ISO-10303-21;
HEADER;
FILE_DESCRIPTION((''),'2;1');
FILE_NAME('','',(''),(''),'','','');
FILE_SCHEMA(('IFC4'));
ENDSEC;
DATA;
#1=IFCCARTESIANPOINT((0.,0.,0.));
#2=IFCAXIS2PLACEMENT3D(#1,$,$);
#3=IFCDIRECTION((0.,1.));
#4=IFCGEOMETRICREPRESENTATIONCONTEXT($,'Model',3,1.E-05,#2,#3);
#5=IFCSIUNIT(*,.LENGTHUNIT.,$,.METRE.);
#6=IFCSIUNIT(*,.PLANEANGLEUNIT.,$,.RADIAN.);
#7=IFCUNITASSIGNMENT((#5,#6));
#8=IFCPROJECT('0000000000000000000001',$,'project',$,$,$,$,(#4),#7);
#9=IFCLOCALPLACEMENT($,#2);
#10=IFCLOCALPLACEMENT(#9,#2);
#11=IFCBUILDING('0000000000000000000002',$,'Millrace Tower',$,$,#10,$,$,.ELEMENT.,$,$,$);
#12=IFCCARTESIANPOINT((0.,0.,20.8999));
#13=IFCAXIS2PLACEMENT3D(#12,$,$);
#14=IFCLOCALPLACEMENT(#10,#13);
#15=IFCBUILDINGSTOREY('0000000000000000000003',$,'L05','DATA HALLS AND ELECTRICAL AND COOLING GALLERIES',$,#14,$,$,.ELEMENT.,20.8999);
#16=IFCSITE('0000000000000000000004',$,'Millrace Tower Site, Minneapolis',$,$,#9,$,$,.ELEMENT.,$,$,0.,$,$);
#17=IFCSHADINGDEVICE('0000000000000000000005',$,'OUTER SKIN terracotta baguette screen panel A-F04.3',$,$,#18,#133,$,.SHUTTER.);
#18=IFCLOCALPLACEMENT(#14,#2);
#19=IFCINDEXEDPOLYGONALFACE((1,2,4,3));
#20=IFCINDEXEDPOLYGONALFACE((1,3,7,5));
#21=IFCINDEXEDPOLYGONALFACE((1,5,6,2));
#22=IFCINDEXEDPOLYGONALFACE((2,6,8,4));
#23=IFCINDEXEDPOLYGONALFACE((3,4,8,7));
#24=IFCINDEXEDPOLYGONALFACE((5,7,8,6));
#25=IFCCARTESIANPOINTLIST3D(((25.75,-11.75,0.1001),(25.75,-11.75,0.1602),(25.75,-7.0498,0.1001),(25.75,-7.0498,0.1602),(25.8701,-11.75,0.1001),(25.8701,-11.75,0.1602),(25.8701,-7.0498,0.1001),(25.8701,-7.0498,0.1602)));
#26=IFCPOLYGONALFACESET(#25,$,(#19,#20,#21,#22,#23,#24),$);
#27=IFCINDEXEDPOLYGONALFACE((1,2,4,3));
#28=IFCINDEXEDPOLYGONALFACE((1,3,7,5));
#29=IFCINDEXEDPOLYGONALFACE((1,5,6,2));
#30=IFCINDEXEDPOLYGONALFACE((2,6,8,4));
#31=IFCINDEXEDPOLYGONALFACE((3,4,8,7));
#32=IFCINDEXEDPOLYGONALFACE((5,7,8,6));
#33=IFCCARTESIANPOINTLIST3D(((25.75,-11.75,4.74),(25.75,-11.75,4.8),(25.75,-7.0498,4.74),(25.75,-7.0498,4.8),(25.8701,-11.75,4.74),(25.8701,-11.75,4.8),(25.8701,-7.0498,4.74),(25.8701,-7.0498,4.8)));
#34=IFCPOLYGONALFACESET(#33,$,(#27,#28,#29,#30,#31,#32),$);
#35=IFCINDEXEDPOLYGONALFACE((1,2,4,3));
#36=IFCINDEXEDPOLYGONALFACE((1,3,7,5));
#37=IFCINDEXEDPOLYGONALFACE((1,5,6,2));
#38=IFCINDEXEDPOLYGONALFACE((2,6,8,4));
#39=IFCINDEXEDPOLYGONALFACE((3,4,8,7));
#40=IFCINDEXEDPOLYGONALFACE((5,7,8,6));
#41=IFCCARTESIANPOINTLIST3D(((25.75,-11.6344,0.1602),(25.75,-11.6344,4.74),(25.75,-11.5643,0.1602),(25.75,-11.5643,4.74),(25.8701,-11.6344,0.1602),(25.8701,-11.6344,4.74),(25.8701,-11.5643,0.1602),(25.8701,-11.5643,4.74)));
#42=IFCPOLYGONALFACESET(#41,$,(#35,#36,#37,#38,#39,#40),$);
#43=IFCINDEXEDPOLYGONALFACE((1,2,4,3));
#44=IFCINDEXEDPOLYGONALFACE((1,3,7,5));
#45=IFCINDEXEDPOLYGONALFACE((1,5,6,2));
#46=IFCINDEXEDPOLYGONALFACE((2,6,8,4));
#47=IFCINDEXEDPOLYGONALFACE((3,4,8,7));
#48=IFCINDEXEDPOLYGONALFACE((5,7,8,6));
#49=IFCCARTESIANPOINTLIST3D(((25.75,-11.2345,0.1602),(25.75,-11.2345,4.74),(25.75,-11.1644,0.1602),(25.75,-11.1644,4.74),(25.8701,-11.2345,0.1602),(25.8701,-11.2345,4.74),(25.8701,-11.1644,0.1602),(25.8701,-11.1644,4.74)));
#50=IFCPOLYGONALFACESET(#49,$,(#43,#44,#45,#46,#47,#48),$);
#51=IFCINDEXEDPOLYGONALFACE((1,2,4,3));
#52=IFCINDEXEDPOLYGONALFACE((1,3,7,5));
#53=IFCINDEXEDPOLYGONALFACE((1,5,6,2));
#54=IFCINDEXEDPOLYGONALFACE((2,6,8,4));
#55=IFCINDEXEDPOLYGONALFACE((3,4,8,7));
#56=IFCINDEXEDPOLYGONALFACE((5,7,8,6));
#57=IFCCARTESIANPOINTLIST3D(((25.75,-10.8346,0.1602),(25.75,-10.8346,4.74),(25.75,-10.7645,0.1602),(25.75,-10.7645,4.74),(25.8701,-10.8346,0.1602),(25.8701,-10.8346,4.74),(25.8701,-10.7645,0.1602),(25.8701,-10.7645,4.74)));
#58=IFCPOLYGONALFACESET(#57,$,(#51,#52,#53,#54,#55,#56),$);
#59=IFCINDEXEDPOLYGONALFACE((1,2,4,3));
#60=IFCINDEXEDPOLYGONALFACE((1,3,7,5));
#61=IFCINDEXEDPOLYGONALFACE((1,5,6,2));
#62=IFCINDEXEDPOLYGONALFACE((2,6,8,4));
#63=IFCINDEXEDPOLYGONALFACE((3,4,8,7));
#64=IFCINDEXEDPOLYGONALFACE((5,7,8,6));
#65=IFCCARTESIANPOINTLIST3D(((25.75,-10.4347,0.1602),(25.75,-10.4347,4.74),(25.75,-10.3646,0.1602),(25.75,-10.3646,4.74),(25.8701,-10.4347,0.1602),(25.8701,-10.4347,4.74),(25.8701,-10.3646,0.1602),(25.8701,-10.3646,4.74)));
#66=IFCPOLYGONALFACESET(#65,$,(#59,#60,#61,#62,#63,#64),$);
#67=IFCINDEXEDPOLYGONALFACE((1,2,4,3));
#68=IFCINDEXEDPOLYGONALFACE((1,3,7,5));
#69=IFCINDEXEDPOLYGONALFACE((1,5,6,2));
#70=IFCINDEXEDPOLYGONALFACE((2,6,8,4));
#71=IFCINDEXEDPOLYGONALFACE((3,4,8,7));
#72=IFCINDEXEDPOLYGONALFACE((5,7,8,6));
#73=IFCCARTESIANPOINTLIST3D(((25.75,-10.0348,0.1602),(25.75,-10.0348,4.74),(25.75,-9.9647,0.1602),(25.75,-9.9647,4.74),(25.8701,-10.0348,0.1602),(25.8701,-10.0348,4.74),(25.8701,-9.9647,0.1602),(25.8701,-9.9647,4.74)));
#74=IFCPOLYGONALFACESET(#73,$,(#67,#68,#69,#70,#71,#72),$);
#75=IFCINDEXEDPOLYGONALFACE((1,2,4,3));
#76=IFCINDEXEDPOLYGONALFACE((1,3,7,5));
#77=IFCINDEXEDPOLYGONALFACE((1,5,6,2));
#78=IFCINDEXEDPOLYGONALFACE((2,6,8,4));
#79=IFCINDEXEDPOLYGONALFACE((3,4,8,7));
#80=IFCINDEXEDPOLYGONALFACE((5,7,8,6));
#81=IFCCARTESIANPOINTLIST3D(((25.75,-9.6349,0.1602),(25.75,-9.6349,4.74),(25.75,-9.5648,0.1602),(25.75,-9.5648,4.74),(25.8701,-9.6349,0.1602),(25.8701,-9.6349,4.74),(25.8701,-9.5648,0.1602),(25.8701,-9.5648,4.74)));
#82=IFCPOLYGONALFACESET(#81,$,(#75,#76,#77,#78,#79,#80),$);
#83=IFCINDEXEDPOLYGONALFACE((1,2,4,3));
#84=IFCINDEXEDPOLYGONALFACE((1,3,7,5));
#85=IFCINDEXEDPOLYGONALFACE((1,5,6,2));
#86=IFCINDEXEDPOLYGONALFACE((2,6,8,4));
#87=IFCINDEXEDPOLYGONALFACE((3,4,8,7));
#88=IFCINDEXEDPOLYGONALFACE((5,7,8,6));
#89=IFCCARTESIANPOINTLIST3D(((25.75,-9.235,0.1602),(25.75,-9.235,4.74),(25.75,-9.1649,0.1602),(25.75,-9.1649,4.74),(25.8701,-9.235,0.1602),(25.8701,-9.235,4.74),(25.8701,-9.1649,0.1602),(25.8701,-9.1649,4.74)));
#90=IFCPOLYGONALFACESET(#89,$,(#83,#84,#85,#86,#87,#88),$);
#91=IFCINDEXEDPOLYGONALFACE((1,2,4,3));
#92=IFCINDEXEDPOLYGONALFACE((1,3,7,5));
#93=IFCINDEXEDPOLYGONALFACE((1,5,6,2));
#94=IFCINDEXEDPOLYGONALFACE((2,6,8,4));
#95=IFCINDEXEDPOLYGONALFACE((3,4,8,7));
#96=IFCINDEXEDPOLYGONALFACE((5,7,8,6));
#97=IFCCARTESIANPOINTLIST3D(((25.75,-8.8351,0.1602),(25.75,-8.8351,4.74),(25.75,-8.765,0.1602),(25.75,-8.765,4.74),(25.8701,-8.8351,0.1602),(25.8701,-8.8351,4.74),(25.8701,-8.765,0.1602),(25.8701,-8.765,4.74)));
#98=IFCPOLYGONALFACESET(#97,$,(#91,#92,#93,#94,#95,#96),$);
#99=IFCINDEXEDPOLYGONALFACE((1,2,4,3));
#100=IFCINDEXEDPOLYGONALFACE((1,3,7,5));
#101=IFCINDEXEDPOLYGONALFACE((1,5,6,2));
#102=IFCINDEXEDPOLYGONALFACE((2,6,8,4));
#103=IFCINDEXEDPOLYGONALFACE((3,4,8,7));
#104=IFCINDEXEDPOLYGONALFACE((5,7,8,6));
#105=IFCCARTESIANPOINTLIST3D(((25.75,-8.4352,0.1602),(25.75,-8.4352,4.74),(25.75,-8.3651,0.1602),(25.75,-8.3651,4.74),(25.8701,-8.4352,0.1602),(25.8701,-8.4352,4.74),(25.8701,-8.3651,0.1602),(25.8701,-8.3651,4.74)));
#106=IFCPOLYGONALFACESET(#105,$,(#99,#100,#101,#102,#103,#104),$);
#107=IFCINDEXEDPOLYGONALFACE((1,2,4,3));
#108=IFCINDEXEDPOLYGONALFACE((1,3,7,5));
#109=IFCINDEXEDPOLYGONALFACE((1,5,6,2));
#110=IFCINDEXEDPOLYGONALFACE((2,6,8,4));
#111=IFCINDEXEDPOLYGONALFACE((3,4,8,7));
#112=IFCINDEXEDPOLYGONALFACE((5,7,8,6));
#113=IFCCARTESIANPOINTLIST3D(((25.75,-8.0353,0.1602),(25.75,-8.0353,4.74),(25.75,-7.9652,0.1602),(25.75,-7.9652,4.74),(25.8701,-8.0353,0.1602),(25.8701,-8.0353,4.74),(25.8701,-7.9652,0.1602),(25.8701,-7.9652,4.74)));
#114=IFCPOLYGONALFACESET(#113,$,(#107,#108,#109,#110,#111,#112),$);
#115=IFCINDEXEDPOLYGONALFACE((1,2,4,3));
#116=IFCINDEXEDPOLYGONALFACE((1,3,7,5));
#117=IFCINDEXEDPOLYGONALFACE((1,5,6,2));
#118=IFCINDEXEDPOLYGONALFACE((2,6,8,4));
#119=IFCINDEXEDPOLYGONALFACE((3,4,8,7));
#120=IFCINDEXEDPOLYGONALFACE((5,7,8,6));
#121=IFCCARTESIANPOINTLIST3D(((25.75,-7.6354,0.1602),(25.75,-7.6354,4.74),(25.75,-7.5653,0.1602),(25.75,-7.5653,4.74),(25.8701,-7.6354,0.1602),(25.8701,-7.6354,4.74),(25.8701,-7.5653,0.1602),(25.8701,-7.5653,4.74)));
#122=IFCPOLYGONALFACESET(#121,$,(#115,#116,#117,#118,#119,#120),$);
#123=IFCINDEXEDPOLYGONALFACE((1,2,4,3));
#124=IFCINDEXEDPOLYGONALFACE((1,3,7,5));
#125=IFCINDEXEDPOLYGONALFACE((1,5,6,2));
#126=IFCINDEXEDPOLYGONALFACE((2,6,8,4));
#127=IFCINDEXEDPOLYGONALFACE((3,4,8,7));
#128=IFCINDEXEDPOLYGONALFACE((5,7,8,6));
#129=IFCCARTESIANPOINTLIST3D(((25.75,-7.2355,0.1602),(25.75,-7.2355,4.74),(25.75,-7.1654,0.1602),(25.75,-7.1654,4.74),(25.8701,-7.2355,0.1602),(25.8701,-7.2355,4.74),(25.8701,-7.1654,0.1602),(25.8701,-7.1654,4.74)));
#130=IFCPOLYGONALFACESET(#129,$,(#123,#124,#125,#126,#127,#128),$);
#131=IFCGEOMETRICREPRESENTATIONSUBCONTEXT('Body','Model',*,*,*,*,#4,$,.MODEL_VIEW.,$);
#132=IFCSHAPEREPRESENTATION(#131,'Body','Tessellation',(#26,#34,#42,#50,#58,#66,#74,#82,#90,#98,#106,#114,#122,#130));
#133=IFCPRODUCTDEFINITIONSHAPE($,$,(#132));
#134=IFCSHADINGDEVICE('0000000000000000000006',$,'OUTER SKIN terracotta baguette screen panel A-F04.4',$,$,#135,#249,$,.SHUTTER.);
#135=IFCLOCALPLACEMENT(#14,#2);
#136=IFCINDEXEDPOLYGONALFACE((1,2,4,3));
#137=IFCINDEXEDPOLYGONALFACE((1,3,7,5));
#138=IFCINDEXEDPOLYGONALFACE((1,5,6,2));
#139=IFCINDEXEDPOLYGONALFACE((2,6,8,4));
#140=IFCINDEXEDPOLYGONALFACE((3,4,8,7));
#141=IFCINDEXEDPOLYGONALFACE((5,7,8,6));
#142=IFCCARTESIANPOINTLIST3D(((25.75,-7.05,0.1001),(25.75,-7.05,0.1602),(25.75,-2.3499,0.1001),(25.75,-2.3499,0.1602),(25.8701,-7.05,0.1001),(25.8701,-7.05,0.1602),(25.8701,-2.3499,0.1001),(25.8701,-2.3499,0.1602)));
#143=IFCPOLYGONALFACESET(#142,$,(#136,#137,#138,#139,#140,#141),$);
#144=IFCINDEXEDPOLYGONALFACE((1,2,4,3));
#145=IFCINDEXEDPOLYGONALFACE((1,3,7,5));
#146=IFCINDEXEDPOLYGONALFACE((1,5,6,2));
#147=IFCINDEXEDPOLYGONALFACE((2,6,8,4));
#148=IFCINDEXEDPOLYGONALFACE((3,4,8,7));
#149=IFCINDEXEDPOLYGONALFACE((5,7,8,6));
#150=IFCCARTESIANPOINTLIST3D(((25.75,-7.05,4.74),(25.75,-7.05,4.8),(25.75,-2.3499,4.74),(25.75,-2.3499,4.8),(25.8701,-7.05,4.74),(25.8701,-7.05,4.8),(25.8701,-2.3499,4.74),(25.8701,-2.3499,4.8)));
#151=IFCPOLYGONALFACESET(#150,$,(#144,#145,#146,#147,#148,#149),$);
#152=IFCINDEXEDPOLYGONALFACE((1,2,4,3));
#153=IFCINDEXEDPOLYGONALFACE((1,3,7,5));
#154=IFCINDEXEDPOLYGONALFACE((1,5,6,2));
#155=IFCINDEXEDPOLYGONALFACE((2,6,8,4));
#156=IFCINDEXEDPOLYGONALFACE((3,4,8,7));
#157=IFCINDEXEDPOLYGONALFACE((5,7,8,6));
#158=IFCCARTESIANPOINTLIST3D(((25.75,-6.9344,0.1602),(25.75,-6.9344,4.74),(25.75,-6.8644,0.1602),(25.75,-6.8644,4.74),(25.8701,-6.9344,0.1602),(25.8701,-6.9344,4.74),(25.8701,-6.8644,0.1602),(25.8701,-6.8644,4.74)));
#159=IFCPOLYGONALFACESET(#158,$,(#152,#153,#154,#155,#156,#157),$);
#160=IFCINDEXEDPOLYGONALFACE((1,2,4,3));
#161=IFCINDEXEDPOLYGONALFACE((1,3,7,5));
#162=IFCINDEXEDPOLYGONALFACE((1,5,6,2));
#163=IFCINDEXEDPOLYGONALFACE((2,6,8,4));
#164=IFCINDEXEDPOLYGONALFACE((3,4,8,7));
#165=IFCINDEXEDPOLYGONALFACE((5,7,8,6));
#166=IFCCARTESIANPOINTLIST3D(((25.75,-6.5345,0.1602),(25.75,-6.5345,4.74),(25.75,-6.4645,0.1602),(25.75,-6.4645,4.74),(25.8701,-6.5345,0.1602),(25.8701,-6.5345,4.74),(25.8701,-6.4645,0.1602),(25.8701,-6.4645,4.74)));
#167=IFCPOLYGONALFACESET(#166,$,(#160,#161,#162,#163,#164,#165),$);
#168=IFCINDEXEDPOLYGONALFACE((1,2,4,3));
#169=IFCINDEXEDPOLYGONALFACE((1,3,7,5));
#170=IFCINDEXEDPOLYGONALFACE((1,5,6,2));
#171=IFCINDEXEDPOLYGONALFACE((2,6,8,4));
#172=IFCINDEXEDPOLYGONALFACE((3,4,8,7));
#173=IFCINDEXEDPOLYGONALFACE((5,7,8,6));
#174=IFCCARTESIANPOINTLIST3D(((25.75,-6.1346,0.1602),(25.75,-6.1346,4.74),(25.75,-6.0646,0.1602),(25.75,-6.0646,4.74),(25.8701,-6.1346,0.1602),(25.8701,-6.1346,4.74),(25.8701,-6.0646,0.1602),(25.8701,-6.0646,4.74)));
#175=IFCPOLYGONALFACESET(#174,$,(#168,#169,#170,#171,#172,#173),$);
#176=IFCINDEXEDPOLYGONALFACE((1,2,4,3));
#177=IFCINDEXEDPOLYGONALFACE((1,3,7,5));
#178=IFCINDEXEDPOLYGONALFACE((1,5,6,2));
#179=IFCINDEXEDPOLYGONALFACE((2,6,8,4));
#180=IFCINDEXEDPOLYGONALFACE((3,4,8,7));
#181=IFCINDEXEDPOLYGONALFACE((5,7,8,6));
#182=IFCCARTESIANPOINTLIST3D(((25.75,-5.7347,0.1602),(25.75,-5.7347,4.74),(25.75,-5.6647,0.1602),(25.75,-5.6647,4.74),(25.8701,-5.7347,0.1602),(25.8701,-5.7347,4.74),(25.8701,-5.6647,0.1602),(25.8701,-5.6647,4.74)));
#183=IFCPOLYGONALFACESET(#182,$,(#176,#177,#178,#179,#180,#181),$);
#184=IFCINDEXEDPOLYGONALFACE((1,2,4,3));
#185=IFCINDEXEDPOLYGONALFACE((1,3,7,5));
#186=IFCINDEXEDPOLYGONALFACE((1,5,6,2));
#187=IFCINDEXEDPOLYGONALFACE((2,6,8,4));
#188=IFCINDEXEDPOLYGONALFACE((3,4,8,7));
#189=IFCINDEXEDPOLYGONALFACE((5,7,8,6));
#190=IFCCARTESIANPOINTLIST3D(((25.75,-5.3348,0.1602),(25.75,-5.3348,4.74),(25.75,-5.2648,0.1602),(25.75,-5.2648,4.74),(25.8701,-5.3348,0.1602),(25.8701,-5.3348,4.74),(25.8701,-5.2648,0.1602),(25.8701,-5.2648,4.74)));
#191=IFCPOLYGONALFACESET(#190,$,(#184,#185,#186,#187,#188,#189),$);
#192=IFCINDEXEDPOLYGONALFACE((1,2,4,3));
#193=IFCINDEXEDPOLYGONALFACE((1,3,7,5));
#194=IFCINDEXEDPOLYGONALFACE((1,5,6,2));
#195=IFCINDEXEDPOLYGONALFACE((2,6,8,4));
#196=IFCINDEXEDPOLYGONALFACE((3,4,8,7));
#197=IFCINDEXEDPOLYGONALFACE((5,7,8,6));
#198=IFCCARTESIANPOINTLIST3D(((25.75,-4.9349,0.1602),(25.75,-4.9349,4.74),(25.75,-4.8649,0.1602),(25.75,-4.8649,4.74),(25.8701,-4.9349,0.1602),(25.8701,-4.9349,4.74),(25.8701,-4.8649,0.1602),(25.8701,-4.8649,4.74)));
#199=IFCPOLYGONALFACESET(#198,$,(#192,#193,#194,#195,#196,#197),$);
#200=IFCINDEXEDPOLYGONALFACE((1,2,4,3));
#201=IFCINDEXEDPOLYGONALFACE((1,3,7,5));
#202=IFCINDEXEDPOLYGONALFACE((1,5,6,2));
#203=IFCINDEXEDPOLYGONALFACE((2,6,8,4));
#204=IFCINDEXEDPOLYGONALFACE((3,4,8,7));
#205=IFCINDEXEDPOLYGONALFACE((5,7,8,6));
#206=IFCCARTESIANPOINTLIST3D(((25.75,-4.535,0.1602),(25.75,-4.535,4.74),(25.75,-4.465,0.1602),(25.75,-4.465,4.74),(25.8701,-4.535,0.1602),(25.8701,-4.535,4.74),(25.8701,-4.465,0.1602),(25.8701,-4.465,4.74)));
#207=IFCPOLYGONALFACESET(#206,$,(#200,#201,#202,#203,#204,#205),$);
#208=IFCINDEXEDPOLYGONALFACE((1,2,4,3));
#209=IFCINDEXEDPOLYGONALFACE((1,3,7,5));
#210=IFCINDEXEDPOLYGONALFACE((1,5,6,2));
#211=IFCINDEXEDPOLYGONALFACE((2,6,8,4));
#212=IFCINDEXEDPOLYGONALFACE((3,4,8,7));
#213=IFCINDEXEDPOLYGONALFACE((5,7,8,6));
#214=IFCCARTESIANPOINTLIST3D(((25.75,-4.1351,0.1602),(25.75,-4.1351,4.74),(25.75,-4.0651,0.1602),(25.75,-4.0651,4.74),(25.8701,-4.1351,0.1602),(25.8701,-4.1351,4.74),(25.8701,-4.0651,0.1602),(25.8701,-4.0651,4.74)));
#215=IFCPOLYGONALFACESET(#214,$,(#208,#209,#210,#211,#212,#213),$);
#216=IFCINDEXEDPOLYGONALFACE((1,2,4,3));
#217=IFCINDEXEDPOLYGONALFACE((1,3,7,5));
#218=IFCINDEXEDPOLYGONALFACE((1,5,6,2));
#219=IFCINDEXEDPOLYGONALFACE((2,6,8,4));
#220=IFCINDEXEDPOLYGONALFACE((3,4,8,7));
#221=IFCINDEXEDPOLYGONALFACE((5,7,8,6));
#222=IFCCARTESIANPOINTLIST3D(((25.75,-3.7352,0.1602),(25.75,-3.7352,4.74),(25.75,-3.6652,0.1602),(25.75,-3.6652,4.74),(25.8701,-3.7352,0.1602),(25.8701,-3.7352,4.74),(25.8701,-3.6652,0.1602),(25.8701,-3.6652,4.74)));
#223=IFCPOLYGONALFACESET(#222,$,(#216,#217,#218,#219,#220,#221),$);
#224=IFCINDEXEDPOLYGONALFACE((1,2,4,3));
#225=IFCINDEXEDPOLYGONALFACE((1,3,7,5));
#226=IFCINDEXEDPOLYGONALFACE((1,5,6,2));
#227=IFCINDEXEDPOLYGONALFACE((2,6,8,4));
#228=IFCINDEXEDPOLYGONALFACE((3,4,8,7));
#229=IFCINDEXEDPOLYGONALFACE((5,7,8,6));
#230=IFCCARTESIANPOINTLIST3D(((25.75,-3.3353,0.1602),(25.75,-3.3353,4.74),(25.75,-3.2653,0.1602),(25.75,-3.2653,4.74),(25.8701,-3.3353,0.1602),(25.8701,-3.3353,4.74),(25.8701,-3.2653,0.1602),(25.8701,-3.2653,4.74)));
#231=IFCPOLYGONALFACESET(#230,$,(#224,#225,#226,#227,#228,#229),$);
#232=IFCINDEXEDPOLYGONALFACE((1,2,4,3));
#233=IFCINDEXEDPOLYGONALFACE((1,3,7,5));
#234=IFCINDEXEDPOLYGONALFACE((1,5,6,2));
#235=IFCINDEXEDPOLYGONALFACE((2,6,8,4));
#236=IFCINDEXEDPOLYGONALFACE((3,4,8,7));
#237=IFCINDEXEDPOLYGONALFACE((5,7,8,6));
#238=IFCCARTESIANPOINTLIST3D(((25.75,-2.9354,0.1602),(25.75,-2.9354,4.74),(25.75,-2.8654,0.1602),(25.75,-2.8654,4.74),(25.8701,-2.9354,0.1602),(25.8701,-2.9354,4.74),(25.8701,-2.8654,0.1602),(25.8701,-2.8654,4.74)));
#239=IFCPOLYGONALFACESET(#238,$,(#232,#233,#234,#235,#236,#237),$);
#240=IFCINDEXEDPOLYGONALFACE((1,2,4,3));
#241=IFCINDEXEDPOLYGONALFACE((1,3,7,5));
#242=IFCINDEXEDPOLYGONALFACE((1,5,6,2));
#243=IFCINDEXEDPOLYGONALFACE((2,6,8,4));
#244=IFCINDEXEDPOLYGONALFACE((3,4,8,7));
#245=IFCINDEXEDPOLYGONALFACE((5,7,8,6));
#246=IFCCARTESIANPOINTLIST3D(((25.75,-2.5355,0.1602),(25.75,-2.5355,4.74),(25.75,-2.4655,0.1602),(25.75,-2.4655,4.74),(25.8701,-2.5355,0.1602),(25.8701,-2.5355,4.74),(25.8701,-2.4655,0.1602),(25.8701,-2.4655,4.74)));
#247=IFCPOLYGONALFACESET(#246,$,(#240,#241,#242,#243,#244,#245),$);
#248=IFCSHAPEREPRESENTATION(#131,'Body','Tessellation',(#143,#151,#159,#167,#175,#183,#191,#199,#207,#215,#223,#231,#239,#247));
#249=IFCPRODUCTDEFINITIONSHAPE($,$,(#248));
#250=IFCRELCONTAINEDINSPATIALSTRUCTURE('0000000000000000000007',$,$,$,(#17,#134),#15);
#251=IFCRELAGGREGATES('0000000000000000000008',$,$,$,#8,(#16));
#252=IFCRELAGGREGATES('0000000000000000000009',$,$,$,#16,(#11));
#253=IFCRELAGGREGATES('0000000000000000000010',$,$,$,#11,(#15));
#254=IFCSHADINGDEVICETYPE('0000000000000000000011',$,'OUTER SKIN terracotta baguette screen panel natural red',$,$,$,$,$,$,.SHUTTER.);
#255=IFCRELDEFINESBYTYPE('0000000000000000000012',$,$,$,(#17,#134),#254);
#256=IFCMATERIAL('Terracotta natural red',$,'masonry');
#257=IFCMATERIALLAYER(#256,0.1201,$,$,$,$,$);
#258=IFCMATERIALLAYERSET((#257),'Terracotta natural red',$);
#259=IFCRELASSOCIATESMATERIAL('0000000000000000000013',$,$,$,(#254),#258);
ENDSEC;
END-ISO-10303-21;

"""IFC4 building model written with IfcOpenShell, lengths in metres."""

from ifc_helpers import new_model, entity, si_unit, direction, frame, frame_2d, origin, place, context, subcontext, project, spatial, rectangle, extrude, source, transform, mapped, material, layer, layer_set, type_object, element, save


model = new_model("IFC4")

# Units and contexts
model_context = context("Model", 3, precision=1e-05, world=origin(), true_north=direction((0.0, 1.0)))
body_context = subcontext(model_context, "Body", "Model", "MODEL_VIEW")
ifc_project = project(units=[si_unit("LENGTHUNIT", "METRE"), si_unit("PLANEANGLEUNIT", "RADIAN")], contexts=[model_context])

# Site, building, storey
site_placement = place(None, origin())
site = spatial("IfcSite", under=ifc_project, at=site_placement, Name="Millrace Tower Site, Minneapolis", CompositionType="ELEMENT", RefElevation=0.0)
building_placement = place(site_placement, origin())
building = spatial("IfcBuilding", under=site, at=building_placement, Name="Millrace Tower", CompositionType="ELEMENT")
storey_placement = place(building_placement, frame((0.0, 0.0, 20.8999)))
storey = spatial("IfcBuildingStorey", under=building, at=storey_placement, Name="L05", Description="DATA HALLS AND ELECTRICAL AND COOLING GALLERIES", CompositionType="ELEMENT", Elevation=20.8999)

# Shading devices
cartesian_point = entity("IfcCartesianPoint", [-2.3501, 0.0601])
shared_polyline = entity("IfcPolyline", [cartesian_point, entity("IfcCartesianPoint", [2.3501, 0.0601]), entity("IfcCartesianPoint", [2.3501, -0.0601]), entity("IfcCartesianPoint", [-2.3501, -0.0601]), cartesian_point])
ifc_material_1 = material(Name="Terracotta natural red", Category="masonry")
ifc_layer_1 = layer(ifc_material_1, 0.1201)
ifc_layer_set_1 = layer_set([ifc_layer_1], Name="Terracotta natural red")
shading_device_type_1 = type_object("IfcShadingDeviceType", Name="OUTER SKIN terracotta baguette screen panel natural red", PredefinedType="SHUTTER", material=ifc_layer_set_1)
shared_shape_1 = source(origin(), body_context, "Body", "SweptSolid", [
    entity("IfcExtrudedAreaSolid", entity("IfcArbitraryClosedProfileDef", "AREA", None, shared_polyline), entity("IfcAxis2Placement3D", entity("IfcCartesianPoint", [0.0, 0.0, 0.0])), entity("IfcDirection", [0.0, 0.0, 1.0]), 0.0601),
    entity("IfcExtrudedAreaSolid", entity("IfcArbitraryClosedProfileDef", "AREA", None, shared_polyline), entity("IfcAxis2Placement3D", entity("IfcCartesianPoint", [0.0, 0.0, 4.6399])), entity("IfcDirection", [0.0, 0.0, 1.0]), 0.0601),
    extrude(rectangle(XDim=0.0701, YDim=0.1201, at=frame_2d((-2.1995, 0.0))), frame((0.0, 0.0, 0.0601)), (0.0, 0.0, 1.0), 4.5798),
    extrude(rectangle(XDim=0.0701, YDim=0.1201, at=frame_2d((-1.7996, 0.0))), frame((0.0, 0.0, 0.0601)), (0.0, 0.0, 1.0), 4.5798),
    extrude(rectangle(XDim=0.0701, YDim=0.1201, at=frame_2d((-1.3997, 0.0))), frame((0.0, 0.0, 0.0601)), (0.0, 0.0, 1.0), 4.5798),
    extrude(rectangle(XDim=0.0701, YDim=0.1201, at=frame_2d((-0.9998, 0.0))), frame((0.0, 0.0, 0.0601)), (0.0, 0.0, 1.0), 4.5798),
    extrude(rectangle(XDim=0.0701, YDim=0.1201, at=frame_2d((-0.5999, 0.0))), frame((0.0, 0.0, 0.0601)), (0.0, 0.0, 1.0), 4.5798),
    extrude(rectangle(XDim=0.0701, YDim=0.1201, at=frame_2d((-0.2, 0.0))), frame((0.0, 0.0, 0.0601)), (0.0, 0.0, 1.0), 4.5798),
    extrude(rectangle(XDim=0.0701, YDim=0.1201, at=frame_2d((0.2, 0.0))), frame((0.0, 0.0, 0.0601)), (0.0, 0.0, 1.0), 4.5798),
    extrude(rectangle(XDim=0.0701, YDim=0.1201, at=frame_2d((0.5999, 0.0))), frame((0.0, 0.0, 0.0601)), (0.0, 0.0, 1.0), 4.5798),
    extrude(rectangle(XDim=0.0701, YDim=0.1201, at=frame_2d((0.9998, 0.0))), frame((0.0, 0.0, 0.0601)), (0.0, 0.0, 1.0), 4.5798),
    extrude(rectangle(XDim=0.0701, YDim=0.1201, at=frame_2d((1.3997, 0.0))), frame((0.0, 0.0, 0.0601)), (0.0, 0.0, 1.0), 4.5798),
    extrude(rectangle(XDim=0.0701, YDim=0.1201, at=frame_2d((1.7996, 0.0))), frame((0.0, 0.0, 0.0601)), (0.0, 0.0, 1.0), 4.5798),
    extrude(rectangle(XDim=0.0701, YDim=0.1201, at=frame_2d((2.1995, 0.0))), frame((0.0, 0.0, 0.0601)), (0.0, 0.0, 1.0), 4.5798),
])
for number, where, z_axis, x_axis, name in (
    (1, (25.8101, -9.3999, 0.1001), (0.0, 0.0, 1.0), (0.0, 1.0, 0.0), "OUTER SKIN terracotta baguette screen panel A-F04.3"),
    (2, (25.8101, -4.7, 0.1001), (0.0, 0.0, 1.0), (0.0, 1.0, 0.0), "OUTER SKIN terracotta baguette screen panel A-F04.4"),
):
    element("IfcShadingDevice", number, at=place(storey_placement, frame(where, z_axis=z_axis, x_axis=x_axis)), inside=storey, type_object=shading_device_type_1, Name=name, PredefinedType="SHUTTER", context=body_context, shape_type="MappedRepresentation", body=[
        mapped(shared_shape_1, transform((0.0, 0.0, 0.0), scale=1.0)),
    ])

save(model, "model.ifc")
